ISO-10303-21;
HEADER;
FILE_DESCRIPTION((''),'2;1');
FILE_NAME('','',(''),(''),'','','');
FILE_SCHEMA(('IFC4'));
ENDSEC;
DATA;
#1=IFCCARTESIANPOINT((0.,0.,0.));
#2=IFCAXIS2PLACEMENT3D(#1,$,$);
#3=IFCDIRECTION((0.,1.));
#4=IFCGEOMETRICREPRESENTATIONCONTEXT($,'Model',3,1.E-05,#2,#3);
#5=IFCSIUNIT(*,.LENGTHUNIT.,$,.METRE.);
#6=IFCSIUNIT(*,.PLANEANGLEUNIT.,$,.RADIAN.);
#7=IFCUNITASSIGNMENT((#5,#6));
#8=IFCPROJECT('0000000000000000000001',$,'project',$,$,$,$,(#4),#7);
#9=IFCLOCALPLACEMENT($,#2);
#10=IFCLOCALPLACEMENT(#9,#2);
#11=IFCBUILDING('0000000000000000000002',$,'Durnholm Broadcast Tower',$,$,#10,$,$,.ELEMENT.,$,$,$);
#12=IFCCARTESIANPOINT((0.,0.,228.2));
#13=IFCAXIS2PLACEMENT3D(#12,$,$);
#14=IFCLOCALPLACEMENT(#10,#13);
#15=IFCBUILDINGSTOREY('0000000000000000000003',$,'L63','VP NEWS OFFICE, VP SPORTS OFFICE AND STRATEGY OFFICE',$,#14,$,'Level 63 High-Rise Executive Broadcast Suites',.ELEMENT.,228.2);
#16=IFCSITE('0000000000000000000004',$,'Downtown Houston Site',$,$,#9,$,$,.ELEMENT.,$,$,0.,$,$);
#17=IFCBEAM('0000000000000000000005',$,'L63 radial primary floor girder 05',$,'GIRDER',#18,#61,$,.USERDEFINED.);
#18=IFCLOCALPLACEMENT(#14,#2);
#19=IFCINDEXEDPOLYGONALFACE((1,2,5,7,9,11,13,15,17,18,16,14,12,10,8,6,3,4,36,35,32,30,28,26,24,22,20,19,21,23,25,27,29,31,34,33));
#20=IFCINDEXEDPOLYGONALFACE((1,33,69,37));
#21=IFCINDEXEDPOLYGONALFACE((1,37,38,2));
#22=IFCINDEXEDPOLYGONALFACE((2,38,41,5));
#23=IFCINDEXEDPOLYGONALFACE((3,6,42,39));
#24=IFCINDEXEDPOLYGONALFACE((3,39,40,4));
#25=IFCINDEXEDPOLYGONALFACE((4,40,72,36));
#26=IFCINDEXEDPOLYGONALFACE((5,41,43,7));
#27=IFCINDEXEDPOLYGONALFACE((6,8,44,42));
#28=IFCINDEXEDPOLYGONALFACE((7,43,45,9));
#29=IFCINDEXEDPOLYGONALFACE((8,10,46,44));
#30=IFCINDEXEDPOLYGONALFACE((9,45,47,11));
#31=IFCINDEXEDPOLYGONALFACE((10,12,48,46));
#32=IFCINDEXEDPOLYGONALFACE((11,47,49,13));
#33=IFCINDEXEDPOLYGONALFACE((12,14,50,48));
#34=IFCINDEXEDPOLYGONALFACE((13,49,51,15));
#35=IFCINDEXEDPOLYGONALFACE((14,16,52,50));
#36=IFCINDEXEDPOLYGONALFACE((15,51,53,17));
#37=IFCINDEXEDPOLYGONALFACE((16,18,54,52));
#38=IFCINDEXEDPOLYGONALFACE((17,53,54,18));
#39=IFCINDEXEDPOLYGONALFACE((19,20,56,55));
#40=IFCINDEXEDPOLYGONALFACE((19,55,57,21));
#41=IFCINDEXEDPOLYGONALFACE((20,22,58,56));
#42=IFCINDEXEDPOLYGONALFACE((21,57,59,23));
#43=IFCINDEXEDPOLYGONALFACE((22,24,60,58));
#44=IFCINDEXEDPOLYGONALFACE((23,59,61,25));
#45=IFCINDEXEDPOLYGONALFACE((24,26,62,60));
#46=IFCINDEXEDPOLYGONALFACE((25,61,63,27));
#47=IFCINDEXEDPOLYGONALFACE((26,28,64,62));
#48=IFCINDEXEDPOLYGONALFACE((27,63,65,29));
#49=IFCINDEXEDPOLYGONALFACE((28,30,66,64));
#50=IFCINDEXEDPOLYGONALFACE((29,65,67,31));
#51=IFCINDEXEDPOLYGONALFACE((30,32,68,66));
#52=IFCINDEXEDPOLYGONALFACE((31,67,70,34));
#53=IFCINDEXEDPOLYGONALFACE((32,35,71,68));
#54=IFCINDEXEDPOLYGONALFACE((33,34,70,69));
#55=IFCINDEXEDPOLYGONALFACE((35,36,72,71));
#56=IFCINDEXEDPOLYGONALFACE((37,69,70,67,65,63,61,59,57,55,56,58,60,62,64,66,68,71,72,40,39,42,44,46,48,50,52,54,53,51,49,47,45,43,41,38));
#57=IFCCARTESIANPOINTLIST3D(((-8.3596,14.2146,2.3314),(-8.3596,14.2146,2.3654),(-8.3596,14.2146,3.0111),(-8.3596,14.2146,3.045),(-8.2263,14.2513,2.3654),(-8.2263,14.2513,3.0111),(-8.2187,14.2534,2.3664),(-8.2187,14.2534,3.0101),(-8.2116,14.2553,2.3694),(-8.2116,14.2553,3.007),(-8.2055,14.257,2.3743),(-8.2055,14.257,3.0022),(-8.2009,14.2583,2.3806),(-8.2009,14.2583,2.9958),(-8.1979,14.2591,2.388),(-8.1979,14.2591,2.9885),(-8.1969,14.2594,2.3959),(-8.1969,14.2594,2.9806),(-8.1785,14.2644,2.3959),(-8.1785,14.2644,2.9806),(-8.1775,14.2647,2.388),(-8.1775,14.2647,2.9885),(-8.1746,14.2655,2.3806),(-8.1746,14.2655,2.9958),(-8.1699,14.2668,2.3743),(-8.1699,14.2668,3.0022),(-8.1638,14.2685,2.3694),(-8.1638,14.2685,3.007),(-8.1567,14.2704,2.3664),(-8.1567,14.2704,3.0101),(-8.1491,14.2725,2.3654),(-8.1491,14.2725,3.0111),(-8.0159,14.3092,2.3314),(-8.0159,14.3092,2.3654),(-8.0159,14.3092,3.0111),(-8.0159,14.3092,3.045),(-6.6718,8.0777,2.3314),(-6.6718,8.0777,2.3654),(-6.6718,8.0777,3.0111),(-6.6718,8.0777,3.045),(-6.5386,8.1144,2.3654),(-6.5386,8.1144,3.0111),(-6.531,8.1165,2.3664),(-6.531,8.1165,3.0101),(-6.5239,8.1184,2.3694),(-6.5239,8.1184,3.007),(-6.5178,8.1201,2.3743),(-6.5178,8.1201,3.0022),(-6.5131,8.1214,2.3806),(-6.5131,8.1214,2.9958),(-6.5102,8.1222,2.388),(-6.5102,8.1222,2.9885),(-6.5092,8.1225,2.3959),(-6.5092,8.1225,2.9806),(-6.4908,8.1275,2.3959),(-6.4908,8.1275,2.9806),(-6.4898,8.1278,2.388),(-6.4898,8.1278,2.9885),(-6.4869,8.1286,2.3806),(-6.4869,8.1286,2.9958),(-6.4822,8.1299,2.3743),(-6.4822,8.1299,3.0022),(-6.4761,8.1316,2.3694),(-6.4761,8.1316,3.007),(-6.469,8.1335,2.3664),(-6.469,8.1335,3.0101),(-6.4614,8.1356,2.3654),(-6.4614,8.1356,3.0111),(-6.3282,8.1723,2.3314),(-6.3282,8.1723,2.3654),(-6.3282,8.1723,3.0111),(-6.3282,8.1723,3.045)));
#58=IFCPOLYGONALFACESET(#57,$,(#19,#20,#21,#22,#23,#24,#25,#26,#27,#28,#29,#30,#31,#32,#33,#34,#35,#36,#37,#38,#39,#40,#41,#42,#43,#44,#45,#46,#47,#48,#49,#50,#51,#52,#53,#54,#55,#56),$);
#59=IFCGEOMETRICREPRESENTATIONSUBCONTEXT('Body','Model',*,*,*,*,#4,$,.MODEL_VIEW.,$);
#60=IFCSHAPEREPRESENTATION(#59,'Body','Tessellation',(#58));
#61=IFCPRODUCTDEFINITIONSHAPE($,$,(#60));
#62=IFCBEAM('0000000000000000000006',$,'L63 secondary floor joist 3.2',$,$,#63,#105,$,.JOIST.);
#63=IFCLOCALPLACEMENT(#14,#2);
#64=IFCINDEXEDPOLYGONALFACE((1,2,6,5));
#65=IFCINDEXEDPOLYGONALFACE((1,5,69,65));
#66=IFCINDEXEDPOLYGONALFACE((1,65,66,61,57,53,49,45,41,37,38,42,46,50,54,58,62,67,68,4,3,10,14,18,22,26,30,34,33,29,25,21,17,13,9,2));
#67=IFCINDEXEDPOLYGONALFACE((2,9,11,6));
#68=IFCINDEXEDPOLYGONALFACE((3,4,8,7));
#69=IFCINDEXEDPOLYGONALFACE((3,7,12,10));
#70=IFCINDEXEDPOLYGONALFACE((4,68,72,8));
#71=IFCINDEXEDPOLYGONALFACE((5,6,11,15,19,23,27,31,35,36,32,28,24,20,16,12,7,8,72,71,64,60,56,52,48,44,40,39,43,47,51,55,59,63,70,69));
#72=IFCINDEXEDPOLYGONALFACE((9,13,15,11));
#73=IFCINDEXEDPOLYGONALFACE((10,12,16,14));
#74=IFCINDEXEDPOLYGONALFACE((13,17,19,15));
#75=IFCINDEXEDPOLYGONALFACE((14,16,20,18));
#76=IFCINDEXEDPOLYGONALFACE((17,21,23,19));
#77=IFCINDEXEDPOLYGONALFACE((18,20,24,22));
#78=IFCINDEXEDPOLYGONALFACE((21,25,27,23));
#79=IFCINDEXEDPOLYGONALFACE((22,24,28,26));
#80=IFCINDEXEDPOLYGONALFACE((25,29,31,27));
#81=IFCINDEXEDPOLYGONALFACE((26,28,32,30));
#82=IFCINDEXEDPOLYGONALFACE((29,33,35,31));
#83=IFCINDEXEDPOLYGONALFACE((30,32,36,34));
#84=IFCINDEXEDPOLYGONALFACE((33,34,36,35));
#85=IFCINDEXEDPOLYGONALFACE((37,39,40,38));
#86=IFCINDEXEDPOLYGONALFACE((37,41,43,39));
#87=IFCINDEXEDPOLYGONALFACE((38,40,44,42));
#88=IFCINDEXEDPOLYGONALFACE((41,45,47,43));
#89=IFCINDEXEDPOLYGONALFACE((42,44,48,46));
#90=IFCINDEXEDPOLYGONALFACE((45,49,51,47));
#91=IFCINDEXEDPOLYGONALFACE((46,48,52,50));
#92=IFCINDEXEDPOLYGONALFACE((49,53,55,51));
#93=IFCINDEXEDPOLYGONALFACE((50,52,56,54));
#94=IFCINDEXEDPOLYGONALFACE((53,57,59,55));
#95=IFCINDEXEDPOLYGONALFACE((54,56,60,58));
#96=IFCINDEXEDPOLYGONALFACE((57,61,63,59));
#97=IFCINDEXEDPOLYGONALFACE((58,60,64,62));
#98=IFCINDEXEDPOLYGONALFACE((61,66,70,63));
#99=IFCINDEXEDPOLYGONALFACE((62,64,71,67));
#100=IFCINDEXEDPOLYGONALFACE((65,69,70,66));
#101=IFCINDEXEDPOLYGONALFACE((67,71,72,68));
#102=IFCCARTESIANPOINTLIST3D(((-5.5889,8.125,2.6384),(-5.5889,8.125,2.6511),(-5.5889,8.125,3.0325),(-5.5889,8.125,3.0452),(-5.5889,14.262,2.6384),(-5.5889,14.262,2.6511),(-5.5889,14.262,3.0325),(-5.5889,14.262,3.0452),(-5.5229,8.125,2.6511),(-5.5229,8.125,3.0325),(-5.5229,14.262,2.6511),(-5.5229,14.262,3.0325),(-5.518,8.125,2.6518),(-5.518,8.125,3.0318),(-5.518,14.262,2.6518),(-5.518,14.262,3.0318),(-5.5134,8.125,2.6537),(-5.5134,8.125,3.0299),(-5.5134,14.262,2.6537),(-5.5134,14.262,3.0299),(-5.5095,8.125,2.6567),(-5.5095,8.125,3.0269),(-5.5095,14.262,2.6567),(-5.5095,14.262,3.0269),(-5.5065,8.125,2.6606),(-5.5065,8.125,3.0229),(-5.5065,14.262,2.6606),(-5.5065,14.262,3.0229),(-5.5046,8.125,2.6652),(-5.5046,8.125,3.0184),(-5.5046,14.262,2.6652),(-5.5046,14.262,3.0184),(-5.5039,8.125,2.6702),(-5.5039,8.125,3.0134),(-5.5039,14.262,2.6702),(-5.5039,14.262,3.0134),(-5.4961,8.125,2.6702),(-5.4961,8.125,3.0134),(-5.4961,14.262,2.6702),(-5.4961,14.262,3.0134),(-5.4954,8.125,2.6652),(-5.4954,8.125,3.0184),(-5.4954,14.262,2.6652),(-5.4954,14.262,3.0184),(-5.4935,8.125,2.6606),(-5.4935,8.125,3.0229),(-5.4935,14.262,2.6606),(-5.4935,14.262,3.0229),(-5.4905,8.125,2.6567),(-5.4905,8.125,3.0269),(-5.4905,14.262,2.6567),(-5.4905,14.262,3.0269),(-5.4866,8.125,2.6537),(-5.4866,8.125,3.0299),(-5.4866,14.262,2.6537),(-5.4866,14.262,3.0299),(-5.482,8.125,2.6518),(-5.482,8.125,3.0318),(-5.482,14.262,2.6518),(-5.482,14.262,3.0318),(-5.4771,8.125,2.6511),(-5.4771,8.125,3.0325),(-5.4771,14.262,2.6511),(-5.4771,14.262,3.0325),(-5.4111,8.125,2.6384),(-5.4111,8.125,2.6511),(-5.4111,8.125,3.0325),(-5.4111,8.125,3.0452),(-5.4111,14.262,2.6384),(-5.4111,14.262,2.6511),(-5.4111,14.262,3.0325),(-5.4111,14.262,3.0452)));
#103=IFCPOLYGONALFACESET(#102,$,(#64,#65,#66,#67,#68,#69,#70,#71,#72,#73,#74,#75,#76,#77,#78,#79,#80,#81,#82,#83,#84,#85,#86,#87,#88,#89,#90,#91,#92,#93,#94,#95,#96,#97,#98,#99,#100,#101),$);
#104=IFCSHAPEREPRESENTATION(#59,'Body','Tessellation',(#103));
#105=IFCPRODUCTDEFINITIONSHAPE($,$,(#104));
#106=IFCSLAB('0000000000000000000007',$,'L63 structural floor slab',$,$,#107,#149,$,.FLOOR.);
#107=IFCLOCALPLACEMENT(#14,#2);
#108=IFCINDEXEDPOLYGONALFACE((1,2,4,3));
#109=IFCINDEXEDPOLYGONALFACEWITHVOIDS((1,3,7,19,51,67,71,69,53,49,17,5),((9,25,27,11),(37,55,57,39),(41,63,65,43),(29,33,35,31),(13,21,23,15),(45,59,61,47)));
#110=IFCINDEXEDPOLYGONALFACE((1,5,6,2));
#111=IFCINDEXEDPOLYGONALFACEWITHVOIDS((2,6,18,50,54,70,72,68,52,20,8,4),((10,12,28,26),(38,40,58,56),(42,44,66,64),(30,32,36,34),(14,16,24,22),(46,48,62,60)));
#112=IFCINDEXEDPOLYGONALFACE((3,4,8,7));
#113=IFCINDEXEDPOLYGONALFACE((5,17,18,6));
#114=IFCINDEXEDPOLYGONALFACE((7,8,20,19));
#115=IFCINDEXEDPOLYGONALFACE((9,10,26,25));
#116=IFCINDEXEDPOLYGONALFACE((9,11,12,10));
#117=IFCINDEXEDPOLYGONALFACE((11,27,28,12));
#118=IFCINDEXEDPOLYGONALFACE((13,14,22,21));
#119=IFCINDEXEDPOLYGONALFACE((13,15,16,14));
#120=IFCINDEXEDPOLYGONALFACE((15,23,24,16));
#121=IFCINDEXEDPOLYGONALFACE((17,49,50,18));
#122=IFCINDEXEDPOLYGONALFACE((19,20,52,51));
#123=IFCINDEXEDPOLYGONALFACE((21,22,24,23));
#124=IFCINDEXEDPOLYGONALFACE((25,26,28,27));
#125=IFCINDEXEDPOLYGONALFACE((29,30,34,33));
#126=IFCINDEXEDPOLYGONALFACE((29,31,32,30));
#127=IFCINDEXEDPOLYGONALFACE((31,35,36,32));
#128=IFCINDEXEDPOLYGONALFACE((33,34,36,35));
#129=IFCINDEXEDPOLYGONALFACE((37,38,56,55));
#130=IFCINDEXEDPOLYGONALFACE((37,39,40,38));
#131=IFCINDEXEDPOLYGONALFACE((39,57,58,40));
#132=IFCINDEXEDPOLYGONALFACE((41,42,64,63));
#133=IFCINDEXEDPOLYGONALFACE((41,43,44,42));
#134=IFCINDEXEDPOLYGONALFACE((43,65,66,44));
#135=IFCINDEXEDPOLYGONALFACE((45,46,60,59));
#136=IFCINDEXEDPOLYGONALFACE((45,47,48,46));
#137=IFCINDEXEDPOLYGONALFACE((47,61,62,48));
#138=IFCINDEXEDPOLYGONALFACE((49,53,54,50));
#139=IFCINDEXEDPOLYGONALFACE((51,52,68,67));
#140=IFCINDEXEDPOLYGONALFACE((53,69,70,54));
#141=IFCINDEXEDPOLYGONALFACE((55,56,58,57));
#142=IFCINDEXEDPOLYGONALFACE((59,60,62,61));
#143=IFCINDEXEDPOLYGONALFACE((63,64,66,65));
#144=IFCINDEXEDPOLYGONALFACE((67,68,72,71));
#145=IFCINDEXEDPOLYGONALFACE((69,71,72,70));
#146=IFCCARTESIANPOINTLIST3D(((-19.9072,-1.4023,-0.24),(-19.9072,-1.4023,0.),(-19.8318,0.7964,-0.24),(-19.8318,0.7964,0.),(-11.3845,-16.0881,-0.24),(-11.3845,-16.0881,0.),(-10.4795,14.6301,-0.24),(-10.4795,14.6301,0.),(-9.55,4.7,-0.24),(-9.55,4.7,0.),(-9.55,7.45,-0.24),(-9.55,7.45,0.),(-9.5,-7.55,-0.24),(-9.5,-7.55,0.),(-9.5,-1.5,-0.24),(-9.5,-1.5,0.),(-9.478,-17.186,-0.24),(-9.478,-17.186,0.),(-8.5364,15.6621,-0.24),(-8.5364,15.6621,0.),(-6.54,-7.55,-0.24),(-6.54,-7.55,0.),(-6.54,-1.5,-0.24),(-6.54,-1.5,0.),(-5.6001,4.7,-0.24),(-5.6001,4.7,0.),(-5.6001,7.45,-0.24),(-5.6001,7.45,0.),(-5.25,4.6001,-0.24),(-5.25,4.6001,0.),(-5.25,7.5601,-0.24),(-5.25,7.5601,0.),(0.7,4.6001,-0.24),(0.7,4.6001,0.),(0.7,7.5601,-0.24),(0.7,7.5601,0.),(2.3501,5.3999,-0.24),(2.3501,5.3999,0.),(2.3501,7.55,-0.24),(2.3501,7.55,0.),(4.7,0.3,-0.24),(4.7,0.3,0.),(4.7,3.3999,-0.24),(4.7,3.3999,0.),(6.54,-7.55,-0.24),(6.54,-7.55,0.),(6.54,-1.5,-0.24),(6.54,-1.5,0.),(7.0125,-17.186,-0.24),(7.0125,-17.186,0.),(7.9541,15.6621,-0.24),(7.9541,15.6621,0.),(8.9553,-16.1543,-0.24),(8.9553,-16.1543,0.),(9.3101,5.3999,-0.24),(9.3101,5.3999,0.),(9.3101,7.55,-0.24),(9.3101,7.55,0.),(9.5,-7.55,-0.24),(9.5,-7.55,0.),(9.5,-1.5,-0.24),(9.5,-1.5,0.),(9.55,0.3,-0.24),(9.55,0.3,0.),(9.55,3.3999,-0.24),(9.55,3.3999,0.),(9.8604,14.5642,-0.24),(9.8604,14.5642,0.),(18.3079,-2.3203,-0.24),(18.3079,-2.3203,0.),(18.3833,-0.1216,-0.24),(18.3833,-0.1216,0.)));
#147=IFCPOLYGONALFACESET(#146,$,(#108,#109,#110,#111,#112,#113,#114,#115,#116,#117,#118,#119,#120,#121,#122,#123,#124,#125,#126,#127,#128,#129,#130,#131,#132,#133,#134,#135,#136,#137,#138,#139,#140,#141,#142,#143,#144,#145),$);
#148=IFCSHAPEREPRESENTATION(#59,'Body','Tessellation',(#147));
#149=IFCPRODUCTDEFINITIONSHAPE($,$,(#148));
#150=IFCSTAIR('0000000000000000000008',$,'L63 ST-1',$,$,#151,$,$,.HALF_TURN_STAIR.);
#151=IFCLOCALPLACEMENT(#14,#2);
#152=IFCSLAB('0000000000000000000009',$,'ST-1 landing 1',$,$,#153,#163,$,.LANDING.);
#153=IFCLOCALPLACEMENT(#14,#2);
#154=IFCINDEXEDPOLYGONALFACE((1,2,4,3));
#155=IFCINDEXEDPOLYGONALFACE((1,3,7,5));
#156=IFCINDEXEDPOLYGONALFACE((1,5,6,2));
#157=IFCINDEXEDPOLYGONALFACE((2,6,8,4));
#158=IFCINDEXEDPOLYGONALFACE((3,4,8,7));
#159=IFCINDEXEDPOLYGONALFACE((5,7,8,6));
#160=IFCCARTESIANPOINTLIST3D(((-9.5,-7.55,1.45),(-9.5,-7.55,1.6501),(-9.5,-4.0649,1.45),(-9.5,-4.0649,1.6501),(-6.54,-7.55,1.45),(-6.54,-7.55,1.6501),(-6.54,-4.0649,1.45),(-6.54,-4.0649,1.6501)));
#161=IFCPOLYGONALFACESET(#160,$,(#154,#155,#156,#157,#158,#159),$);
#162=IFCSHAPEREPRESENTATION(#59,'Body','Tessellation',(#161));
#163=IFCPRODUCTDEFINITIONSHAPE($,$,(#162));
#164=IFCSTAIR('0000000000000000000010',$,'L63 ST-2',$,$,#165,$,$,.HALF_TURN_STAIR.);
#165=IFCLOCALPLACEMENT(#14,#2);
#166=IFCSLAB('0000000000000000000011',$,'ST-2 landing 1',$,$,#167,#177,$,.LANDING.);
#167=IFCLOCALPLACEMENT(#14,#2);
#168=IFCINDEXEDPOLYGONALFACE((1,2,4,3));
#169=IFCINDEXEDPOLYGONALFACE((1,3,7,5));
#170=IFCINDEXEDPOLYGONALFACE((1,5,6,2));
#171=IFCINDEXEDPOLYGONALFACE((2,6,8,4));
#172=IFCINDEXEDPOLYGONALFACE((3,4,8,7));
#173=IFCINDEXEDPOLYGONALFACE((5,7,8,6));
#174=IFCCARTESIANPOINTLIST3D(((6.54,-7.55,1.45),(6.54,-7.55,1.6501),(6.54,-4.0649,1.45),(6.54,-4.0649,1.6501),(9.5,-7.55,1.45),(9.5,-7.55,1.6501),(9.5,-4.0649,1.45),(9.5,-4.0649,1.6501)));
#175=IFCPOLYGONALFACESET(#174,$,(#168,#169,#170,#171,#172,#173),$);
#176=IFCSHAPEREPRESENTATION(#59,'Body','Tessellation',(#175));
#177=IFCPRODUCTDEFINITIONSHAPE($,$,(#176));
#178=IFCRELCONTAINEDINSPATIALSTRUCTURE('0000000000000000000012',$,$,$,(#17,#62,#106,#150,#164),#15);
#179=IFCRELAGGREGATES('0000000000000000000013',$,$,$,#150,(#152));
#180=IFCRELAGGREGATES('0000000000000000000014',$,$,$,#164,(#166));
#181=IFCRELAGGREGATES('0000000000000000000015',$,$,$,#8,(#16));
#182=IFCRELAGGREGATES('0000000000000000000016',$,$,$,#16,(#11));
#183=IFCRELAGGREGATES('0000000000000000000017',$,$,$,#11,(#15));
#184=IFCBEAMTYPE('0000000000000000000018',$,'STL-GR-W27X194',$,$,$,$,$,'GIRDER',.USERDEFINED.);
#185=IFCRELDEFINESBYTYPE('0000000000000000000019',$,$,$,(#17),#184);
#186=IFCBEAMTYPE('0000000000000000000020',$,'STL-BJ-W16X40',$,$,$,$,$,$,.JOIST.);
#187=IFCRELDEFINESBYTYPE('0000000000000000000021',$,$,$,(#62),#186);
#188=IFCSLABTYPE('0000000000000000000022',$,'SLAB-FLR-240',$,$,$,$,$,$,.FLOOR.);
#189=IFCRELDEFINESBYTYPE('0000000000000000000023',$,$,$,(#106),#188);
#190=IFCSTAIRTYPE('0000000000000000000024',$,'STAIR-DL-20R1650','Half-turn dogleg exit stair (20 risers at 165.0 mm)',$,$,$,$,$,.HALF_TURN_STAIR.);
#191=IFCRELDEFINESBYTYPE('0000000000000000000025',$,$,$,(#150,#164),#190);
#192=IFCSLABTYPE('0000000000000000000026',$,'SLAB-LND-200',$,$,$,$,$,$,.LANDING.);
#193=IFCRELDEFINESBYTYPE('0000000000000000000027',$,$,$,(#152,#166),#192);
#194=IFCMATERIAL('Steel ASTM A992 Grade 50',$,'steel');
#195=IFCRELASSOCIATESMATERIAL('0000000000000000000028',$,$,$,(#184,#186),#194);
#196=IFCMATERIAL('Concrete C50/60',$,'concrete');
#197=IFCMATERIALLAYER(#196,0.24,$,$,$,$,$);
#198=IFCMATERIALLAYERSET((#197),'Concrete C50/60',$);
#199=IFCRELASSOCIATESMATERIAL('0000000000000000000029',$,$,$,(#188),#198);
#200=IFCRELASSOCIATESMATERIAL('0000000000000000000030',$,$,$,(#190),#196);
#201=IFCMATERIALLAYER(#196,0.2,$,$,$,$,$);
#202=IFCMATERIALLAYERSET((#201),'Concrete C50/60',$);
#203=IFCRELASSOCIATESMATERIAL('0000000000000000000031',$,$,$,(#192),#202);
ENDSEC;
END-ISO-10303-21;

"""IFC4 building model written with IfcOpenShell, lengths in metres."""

from ifc_helpers import new_model, si_unit, direction, frame, origin, origin_2d, place, context, subcontext, project, spatial, polyline, i_section, outline, extrude, source, transform, mapped, material, layer, layer_set, material_profile, profile_set, type_object, type_shapes, element, aggregate, save


model = new_model("IFC4")

# Units and contexts
model_context = context("Model", 3, precision=1e-05, world=origin(), true_north=direction((0.0, 1.0)))
body_context = subcontext(model_context, "Body", "Model", "MODEL_VIEW")
ifc_project = project(units=[si_unit("LENGTHUNIT", "METRE"), si_unit("PLANEANGLEUNIT", "RADIAN")], contexts=[model_context])

# Site, building, storey
site_placement = place(None, origin())
site = spatial("IfcSite", under=ifc_project, at=site_placement, Name="Downtown Houston Site", CompositionType="ELEMENT", RefElevation=0.0)
building_placement = place(site_placement, origin())
building = spatial("IfcBuilding", under=site, at=building_placement, Name="Durnholm Broadcast Tower", CompositionType="ELEMENT")
storey_placement = place(building_placement, frame((0.0, 0.0, 228.2)))
storey = spatial("IfcBuildingStorey", under=building, at=storey_placement, Name="L63", Description="VP NEWS OFFICE, VP SPORTS OFFICE AND STRATEGY OFFICE", LongName="Level 63 High-Rise Executive Broadcast Suites", CompositionType="ELEMENT", Elevation=228.2)

# Beams
ifc_material_1 = material(Name="Steel ASTM A992 Grade 50", Category="steel")
ifc_material_profile_1 = material_profile(ifc_material_1, i_section(OverallWidth=0.3564, OverallDepth=0.7136, WebThickness=0.019, FlangeThickness=0.0339, FilletRadius=0.0305, at=origin_2d()), Name="W27X194")
ifc_profile_set_1 = profile_set([ifc_material_profile_1], Name="Steel ASTM A992 Grade 50")
beam_type_1 = type_object("IfcBeamType", Name="STL-GR-W27X194", ElementType="GIRDER", PredefinedType="USERDEFINED", material=ifc_profile_set_1)
shared_shape_1 = source(origin(), body_context, "Body", "SweptSolid", [
    extrude(i_section(OverallWidth=0.3564, OverallDepth=0.7136, WebThickness=0.019, FlangeThickness=0.0339, FilletRadius=0.0305, at=origin_2d()), origin(), (0.0, 0.0, 1.0), 6.3647),
])
type_shapes(beam_type_1, [shared_shape_1])
beam_1_placement = place(storey_placement, frame((-6.5, 8.125, 2.6882), z_axis=(-0.265168, 0.964202, 0.0), x_axis=(-0.964202, -0.265168, 0.0)))
element("IfcBeam", 1, at=beam_1_placement, inside=storey, type_object=beam_type_1, Name="L63 radial primary floor girder 05", ObjectType="GIRDER", PredefinedType="USERDEFINED", context=body_context, shape_type="MappedRepresentation", body=[
    mapped(shared_shape_1, transform((0.0, 0.0, 0.0), x_axis=(1.0, 0.0, 0.0), y_axis=(0.0, 1.0, 0.0), z_axis=(0.0, 0.0, 1.0), scale=1.0)),
])
ifc_material_profile_2 = material_profile(ifc_material_1, i_section(OverallWidth=0.1777, OverallDepth=0.4067, WebThickness=0.0078, FlangeThickness=0.0127, FilletRadius=0.019, at=origin_2d()), Name="W16X40")
ifc_profile_set_2 = profile_set([ifc_material_profile_2], Name="Steel ASTM A992 Grade 50")
beam_type_2 = type_object("IfcBeamType", Name="STL-BJ-W16X40", PredefinedType="JOIST", material=ifc_profile_set_2)
shared_shape_2 = source(origin(), body_context, "Body", "SweptSolid", [
    extrude(i_section(OverallWidth=0.1777, OverallDepth=0.4067, WebThickness=0.0078, FlangeThickness=0.0127, FilletRadius=0.019, at=origin_2d()), origin(), (0.0, 0.0, 1.0), 6.137),
])
type_shapes(beam_type_2, [shared_shape_2])
beam_2_placement = place(storey_placement, frame((-5.5, 8.125, 2.8418), z_axis=(0.0, 1.0, 0.0), x_axis=(-1.0, 0.0, 0.0)))
element("IfcBeam", 2, at=beam_2_placement, inside=storey, type_object=beam_type_2, Name="L63 secondary floor joist 3.2", PredefinedType="JOIST", context=body_context, shape_type="MappedRepresentation", body=[
    mapped(shared_shape_2, transform((0.0, 0.0, 0.0), x_axis=(1.0, 0.0, 0.0), y_axis=(0.0, 1.0, 0.0), z_axis=(0.0, 0.0, 1.0), scale=1.0)),
])

# Slab
ifc_material_2 = material(Name="Concrete C50/60", Category="concrete")
ifc_layer_1 = layer(ifc_material_2, 0.24)
ifc_layer_set_1 = layer_set([ifc_layer_1], Name="Concrete C50/60")
slab_type_1 = type_object("IfcSlabType", Name="SLAB-FLR-240", PredefinedType="FLOOR", material=ifc_layer_set_1)
slab_1_placement = place(storey_placement, frame((0.0, 0.0, -0.24)))
element("IfcSlab", 3, at=slab_1_placement, inside=storey, type_object=slab_type_1, Name="L63 structural floor slab", PredefinedType="FLOOR", context=body_context, shape_type="SweptSolid", body=[
    extrude(outline(polyline([(-11.3845, -16.0881), (-9.478, -17.186), (7.0125, -17.186), (8.9553, -16.1543), (18.3079, -2.3203), (18.3833, -0.1216), (9.8604, 14.5642), (7.9541, 15.6621), (-8.5364, 15.6621), (-10.4795, 14.6301), (-19.8318, 0.7964), (-19.9072, -1.4023), (-11.3845, -16.0881)]), holes=[polyline([(-6.54, -1.5), (-9.5, -1.5), (-9.5, -7.55), (-6.54, -7.55), (-6.54, -1.5)]), polyline([(9.5, -7.55), (9.5, -1.5), (6.54, -1.5), (6.54, -7.55), (9.5, -7.55)]), polyline([(9.55, 3.3999), (4.7, 3.3999), (4.7, 0.3), (9.55, 0.3), (9.55, 3.3999)]), polyline([(-9.55, 7.45), (-9.55, 4.7), (-5.6001, 4.7), (-5.6001, 7.45), (-9.55, 7.45)]), polyline([(-5.25, 4.6001), (0.7, 4.6001), (0.7, 7.5601), (-5.25, 7.5601), (-5.25, 4.6001)]), polyline([(9.3101, 7.55), (2.3501, 7.55), (2.3501, 5.3999), (9.3101, 5.3999), (9.3101, 7.55)])]), origin(), (0.0, 0.0, 1.0), 0.24),
])

# Stairs, slabs
stair_type = type_object("IfcStairType", Name="STAIR-DL-20R1650", Description="Half-turn dogleg exit stair (20 risers at 165.0 mm)", PredefinedType="HALF_TURN_STAIR", material=ifc_material_2)
stair_1_placement = place(storey_placement, origin())
stair_1 = element("IfcStair", 4, at=stair_1_placement, inside=storey, type_object=stair_type, Name="L63 ST-1", PredefinedType="HALF_TURN_STAIR")
ifc_layer_2 = layer(ifc_material_2, 0.2)
ifc_layer_set_2 = layer_set([ifc_layer_2], Name="Concrete C50/60")
slab_type_2 = type_object("IfcSlabType", Name="SLAB-LND-200", PredefinedType="LANDING", material=ifc_layer_set_2)
slab_2_placement = place(storey_placement, frame((0.0, 0.0, 1.45)))
slab_2 = element("IfcSlab", 5, at=slab_2_placement, type_object=slab_type_2, Name="ST-1 landing 1", PredefinedType="LANDING", context=body_context, shape_type="SweptSolid", body=[
    extrude(outline(polyline([(-9.5, -4.0649), (-9.5, -7.55), (-6.54, -7.55), (-6.54, -4.0649), (-9.5, -4.0649)])), origin(), (0.0, 0.0, 1.0), 0.2002),
])
aggregate(stair_1, [slab_2])
stair_2_placement = place(storey_placement, origin())
stair_2 = element("IfcStair", 6, at=stair_2_placement, inside=storey, type_object=stair_type, Name="L63 ST-2", PredefinedType="HALF_TURN_STAIR")
slab_3_placement = place(storey_placement, frame((0.0, 0.0, 1.45)))
slab_3 = element("IfcSlab", 7, at=slab_3_placement, type_object=slab_type_2, Name="ST-2 landing 1", PredefinedType="LANDING", context=body_context, shape_type="SweptSolid", body=[
    extrude(outline(polyline([(6.54, -4.0649), (6.54, -7.55), (9.5, -7.55), (9.5, -4.0649), (6.54, -4.0649)])), origin(), (0.0, 0.0, 1.0), 0.2002),
])
aggregate(stair_2, [slab_3])

save(model, "model.ifc")
